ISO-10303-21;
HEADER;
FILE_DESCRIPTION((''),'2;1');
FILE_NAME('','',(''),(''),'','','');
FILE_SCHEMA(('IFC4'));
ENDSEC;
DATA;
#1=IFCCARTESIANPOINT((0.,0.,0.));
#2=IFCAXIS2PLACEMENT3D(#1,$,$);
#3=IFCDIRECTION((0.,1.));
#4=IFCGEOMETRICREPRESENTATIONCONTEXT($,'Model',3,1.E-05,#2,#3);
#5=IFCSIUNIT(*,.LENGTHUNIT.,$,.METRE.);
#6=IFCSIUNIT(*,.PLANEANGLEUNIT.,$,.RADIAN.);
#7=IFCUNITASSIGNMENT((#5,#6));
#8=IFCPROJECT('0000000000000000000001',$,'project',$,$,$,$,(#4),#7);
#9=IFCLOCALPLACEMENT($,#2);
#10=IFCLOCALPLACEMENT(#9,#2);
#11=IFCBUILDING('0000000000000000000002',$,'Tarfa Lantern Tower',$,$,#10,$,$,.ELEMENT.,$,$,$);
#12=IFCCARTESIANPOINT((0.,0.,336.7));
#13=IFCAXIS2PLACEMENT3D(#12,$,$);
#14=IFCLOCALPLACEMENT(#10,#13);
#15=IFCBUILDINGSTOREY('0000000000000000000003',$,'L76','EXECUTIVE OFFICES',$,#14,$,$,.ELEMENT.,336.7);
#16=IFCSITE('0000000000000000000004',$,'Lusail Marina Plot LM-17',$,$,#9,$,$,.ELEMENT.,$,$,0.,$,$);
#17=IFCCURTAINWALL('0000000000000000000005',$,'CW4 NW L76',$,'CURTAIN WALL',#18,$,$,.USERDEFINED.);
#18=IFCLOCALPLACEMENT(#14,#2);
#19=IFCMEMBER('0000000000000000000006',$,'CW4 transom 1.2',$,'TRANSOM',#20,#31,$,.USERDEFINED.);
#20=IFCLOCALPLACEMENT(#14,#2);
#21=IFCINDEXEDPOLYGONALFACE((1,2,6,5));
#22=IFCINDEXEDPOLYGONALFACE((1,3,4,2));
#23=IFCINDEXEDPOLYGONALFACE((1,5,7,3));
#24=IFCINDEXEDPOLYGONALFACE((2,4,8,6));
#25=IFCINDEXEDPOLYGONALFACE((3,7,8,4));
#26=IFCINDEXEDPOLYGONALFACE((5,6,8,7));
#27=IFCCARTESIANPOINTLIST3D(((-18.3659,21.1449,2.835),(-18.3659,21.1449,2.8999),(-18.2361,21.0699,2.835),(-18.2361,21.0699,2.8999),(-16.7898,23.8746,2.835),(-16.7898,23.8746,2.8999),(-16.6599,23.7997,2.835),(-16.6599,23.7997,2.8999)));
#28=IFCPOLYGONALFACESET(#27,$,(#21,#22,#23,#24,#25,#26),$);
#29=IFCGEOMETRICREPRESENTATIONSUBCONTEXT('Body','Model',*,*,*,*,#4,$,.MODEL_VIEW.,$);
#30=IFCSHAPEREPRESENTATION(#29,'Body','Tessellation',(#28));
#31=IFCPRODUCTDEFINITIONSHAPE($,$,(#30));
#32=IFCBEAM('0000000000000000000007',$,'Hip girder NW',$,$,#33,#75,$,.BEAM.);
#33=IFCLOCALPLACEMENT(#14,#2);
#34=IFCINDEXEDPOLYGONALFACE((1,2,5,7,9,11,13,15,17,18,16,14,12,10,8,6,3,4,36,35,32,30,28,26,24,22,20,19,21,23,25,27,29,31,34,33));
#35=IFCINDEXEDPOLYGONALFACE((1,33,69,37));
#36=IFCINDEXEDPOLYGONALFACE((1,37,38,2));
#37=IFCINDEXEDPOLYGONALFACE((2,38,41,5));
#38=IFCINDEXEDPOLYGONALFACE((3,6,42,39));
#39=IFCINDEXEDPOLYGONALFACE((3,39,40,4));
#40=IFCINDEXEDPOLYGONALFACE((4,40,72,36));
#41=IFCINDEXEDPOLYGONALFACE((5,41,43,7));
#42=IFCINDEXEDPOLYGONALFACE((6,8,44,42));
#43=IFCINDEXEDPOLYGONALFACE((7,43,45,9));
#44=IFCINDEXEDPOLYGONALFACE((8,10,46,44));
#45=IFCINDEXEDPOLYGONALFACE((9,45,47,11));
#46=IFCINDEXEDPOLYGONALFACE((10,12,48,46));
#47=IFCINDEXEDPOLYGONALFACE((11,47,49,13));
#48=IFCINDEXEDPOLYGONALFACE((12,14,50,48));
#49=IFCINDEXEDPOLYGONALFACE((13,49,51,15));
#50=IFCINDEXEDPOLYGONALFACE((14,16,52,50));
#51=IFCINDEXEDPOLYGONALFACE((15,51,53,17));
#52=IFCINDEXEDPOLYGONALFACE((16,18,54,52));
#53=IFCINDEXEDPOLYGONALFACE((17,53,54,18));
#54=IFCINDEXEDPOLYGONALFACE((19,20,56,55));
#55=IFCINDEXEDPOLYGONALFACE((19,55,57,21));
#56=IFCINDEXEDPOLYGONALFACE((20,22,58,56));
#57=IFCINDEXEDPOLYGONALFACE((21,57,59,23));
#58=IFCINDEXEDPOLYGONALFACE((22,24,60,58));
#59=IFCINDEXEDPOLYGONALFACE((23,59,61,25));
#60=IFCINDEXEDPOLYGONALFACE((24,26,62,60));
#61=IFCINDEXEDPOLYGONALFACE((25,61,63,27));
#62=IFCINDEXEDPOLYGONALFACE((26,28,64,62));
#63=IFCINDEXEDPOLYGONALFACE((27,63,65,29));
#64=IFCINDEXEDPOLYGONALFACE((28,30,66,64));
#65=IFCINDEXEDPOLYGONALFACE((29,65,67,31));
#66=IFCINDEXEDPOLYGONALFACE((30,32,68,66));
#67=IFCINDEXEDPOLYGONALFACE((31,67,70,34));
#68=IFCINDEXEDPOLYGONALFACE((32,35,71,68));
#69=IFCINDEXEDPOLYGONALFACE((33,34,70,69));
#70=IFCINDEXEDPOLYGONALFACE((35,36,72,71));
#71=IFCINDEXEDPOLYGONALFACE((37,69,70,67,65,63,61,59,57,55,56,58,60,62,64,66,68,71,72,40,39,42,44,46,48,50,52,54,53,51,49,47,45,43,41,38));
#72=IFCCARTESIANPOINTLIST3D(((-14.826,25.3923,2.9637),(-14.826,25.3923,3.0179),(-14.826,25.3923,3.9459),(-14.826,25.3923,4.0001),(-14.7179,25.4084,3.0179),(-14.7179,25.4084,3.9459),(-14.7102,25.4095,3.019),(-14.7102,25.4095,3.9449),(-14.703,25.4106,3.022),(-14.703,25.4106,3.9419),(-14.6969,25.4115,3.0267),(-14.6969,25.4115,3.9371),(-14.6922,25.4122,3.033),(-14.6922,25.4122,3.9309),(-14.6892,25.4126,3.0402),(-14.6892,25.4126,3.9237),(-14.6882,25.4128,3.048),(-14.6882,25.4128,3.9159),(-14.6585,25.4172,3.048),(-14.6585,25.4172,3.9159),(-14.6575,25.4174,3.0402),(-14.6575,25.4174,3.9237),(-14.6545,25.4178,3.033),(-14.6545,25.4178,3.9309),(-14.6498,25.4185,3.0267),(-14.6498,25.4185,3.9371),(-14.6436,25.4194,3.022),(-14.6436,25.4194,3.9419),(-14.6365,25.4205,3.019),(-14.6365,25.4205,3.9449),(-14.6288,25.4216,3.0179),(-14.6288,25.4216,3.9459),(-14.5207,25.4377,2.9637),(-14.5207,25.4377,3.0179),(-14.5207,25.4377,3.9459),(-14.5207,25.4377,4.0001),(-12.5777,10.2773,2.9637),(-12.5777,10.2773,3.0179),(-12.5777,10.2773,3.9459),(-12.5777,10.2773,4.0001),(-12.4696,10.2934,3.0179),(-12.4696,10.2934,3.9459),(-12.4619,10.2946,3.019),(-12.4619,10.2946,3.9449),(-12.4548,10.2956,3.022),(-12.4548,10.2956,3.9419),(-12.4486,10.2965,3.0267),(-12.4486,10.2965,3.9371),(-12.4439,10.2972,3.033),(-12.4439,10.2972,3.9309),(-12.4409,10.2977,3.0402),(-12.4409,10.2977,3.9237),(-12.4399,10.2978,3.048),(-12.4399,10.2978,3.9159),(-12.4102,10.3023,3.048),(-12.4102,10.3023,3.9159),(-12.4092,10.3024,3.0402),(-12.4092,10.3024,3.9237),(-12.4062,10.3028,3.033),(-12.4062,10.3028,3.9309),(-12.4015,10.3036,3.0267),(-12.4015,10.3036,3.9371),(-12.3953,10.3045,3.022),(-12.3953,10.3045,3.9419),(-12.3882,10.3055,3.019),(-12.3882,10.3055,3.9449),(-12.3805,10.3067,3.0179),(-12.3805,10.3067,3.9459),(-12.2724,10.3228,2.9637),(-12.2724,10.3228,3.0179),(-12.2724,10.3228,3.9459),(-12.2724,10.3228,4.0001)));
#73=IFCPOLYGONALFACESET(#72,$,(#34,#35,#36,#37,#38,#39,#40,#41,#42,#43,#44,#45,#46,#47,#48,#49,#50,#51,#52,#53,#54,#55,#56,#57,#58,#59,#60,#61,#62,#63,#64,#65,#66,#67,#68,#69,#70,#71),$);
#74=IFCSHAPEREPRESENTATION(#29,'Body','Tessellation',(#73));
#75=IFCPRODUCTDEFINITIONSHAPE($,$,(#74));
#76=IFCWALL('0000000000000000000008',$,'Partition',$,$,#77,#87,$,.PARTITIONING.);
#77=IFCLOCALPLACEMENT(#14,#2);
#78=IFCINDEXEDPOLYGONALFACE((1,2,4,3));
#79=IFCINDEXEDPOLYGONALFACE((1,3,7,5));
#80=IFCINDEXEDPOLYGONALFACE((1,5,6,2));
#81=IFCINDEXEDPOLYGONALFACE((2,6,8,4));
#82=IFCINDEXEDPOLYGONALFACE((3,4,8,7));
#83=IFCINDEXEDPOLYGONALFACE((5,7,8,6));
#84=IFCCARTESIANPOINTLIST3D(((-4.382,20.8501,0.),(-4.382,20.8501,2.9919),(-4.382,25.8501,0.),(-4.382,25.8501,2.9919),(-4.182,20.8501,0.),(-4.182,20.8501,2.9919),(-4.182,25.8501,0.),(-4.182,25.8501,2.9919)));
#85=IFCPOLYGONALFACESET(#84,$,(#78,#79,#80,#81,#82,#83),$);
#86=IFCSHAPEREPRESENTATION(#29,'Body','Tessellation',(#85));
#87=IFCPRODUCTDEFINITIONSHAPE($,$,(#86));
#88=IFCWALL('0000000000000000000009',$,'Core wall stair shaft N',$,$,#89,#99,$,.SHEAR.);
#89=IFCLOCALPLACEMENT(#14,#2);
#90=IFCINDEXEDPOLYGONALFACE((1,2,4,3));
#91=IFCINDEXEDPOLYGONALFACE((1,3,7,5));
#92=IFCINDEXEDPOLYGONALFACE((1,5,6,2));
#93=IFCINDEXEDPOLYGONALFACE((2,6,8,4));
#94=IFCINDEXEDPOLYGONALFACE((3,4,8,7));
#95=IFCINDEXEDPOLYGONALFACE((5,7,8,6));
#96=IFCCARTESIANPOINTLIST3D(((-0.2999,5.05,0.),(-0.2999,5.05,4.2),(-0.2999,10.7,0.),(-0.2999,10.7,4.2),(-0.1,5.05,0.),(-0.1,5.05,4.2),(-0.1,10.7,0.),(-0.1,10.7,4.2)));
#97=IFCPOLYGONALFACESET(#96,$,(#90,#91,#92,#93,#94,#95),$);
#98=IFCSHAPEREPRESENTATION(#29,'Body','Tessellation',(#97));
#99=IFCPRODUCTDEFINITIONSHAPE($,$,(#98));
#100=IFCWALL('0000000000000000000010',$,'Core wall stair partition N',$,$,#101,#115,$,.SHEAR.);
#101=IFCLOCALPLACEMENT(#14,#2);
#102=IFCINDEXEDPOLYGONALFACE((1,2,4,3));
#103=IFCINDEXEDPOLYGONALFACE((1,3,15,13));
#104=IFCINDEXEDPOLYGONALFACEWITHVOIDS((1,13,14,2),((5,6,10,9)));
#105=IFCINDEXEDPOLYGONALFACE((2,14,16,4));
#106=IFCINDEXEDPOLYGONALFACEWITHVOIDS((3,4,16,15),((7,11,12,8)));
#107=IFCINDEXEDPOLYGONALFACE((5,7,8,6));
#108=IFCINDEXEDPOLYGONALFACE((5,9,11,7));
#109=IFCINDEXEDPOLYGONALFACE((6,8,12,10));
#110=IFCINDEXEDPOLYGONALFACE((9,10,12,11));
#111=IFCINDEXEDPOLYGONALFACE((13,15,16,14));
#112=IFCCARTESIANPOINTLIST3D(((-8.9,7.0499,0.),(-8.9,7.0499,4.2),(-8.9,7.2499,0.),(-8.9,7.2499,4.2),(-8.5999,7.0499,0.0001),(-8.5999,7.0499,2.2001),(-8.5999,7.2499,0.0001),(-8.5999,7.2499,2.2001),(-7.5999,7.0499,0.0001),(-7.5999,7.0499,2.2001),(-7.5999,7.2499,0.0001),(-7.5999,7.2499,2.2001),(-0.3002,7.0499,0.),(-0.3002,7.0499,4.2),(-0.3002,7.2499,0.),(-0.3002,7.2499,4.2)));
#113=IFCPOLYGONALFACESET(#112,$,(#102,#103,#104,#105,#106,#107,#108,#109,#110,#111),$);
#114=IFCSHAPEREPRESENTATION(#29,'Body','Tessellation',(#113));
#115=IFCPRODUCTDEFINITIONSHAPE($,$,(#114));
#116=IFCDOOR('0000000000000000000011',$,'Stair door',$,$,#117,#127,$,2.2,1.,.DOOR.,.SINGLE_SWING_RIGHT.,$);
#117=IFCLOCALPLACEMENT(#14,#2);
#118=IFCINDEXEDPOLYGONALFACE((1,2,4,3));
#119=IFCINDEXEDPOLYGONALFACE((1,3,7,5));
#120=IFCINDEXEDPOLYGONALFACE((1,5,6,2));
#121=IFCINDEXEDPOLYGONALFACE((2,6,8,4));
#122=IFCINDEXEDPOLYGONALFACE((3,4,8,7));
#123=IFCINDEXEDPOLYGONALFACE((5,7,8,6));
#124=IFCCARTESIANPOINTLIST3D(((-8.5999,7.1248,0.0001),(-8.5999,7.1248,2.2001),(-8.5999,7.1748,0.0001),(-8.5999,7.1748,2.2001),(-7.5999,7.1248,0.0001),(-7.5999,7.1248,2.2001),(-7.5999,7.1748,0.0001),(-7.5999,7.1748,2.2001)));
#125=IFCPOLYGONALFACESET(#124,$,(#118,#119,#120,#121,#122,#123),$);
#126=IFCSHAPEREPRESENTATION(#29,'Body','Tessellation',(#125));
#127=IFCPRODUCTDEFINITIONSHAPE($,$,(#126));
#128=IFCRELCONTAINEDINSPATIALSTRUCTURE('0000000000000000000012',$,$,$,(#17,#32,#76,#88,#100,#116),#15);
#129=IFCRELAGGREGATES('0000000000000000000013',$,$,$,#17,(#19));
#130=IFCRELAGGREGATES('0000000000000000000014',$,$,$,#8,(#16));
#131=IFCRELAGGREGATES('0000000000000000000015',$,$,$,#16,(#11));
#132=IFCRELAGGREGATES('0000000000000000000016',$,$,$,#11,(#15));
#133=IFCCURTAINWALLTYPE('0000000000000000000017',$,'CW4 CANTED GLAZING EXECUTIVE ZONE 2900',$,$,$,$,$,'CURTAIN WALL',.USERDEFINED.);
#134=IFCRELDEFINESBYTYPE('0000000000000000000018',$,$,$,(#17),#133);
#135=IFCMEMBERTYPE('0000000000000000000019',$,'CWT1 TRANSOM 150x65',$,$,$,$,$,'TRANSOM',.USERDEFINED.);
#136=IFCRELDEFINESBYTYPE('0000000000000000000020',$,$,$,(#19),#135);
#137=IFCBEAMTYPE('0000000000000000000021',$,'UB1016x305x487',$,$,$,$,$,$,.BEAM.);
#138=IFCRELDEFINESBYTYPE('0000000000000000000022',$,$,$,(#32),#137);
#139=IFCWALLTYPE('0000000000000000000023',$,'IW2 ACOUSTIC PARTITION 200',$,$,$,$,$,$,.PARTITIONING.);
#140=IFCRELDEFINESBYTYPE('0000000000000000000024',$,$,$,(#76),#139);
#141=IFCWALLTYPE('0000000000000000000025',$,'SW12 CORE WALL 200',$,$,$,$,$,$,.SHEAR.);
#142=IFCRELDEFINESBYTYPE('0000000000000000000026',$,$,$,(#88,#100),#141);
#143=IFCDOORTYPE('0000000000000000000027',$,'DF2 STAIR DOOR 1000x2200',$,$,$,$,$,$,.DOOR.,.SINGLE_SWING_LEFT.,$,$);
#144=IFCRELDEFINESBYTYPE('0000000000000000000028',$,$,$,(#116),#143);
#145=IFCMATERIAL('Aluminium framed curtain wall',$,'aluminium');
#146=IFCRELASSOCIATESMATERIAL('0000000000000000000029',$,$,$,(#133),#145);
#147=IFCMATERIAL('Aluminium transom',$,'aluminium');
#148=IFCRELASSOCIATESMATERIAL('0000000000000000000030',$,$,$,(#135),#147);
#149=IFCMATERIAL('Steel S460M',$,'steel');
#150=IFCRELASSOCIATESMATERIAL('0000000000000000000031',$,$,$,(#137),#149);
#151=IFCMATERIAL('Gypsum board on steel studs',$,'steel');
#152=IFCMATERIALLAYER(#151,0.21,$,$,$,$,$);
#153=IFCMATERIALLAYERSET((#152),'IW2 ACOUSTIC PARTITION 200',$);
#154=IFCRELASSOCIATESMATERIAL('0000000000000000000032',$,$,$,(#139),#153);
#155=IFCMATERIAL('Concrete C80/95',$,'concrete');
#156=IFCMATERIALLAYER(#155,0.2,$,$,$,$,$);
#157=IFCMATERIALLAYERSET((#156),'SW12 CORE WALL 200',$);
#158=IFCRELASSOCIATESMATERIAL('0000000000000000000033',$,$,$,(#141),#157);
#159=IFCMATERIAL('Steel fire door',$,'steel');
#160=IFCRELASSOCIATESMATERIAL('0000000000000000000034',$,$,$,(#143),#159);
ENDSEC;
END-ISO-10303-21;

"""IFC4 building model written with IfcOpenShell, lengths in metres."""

from ifc_helpers import new_model, si_unit, direction, frame, frame_2d, origin, origin_2d, place, context, subcontext, project, spatial, rectangle, i_section, extrude, material, layer, layer_set, material_profile, profile_set, type_object, element, fill, aggregate, save


model = new_model("IFC4")

# Units and contexts
model_context = context("Model", 3, precision=1e-05, world=origin(), true_north=direction((0.0, 1.0)))
body_context = subcontext(model_context, "Body", "Model", "MODEL_VIEW")
ifc_project = project(units=[si_unit("LENGTHUNIT", "METRE"), si_unit("PLANEANGLEUNIT", "RADIAN")], contexts=[model_context])

# Site, building, storey
site_placement = place(None, origin())
site = spatial("IfcSite", under=ifc_project, at=site_placement, Name="Lusail Marina Plot LM-17", CompositionType="ELEMENT", RefElevation=0.0)
building_placement = place(site_placement, origin())
building = spatial("IfcBuilding", under=site, at=building_placement, Name="Tarfa Lantern Tower", CompositionType="ELEMENT")
storey_placement = place(building_placement, frame((0.0, 0.0, 336.7)))
storey = spatial("IfcBuildingStorey", under=building, at=storey_placement, Name="L76", Description="EXECUTIVE OFFICES", CompositionType="ELEMENT", Elevation=336.7)

# Curtain wall, member
ifc_material_1 = material(Name="Aluminium framed curtain wall", Category="aluminium")
curtain_wall_type = type_object("IfcCurtainWallType", Name="CW4 CANTED GLAZING EXECUTIVE ZONE 2900", ElementType="CURTAIN WALL", PredefinedType="USERDEFINED", material=ifc_material_1)
curtain_wall_placement = place(storey_placement, origin())
curtain_wall = element("IfcCurtainWall", 1, at=curtain_wall_placement, inside=storey, type_object=curtain_wall_type, Name="CW4 NW L76", ObjectType="CURTAIN WALL", PredefinedType="USERDEFINED")
ifc_material_2 = material(Name="Aluminium transom", Category="aluminium")
ifc_material_profile_1 = material_profile(ifc_material_2, rectangle(XDim=0.1499, YDim=0.0649, at=origin_2d()), Name="AL TRANSOM 150x65")
ifc_profile_set_1 = profile_set([ifc_material_profile_1], Name="Aluminium transom")
member_type = type_object("IfcMemberType", Name="CWT1 TRANSOM 150x65", ElementType="TRANSOM", PredefinedType="USERDEFINED", material=ifc_profile_set_1)
member_placement = place(storey_placement, frame((-16.7249, 23.8372, 2.8674), z_axis=(-0.500038, -0.866004, 0.0), x_axis=(0.866004, -0.500038, 0.0)))
member = element("IfcMember", 2, at=member_placement, type_object=member_type, Name="CW4 transom 1.2", ObjectType="TRANSOM", PredefinedType="USERDEFINED", context=body_context, shape_type="SweptSolid", body=[
    extrude(rectangle(XDim=0.1499, YDim=0.0649, at=origin_2d()), origin(), (0.0, 0.0, 1.0), 3.1521),
])
aggregate(curtain_wall, [member])

# Beam
ifc_material_3 = material(Name="Steel S460M", Category="steel")
ifc_material_profile_2 = material_profile(ifc_material_3, i_section(OverallWidth=0.3086, OverallDepth=1.0364, WebThickness=0.03, FlangeThickness=0.0542, FilletRadius=0.03, at=origin_2d()), Name="UB1016x305x487")
ifc_profile_set_2 = profile_set([ifc_material_profile_2], Name="Steel S460M")
beam_type = type_object("IfcBeamType", Name="UB1016x305x487", PredefinedType="BEAM", material=ifc_profile_set_2)
beam_placement = place(storey_placement, frame((-12.425, 10.3, 3.4819), z_axis=(-0.147127, 0.989118, 0.0), x_axis=(-0.989118, -0.147127, 0.0)))
element("IfcBeam", 3, at=beam_placement, inside=storey, type_object=beam_type, Name="Hip girder NW", PredefinedType="BEAM", context=body_context, shape_type="SweptSolid", body=[
    extrude(i_section(OverallWidth=0.3086, OverallDepth=1.0364, WebThickness=0.03, FlangeThickness=0.0542, FilletRadius=0.03, at=origin_2d()), origin(), (0.0, 0.0, 1.0), 15.2812),
])

# Walls
ifc_material_4 = material(Name="Gypsum board on steel studs", Category="steel")
ifc_layer_1 = layer(ifc_material_4, 0.21)
ifc_layer_set_1 = layer_set([ifc_layer_1], Name="IW2 ACOUSTIC PARTITION 200")
wall_type_1 = type_object("IfcWallType", Name="IW2 ACOUSTIC PARTITION 200", PredefinedType="PARTITIONING", material=ifc_layer_set_1)
wall_1_placement = place(storey_placement, frame((-4.282, 20.8501, 0.0), z_axis=(0.0, 0.0, 1.0), x_axis=(0.0, 1.0, 0.0)))
element("IfcWall", 4, at=wall_1_placement, inside=storey, type_object=wall_type_1, Name="Partition", PredefinedType="PARTITIONING", context=body_context, shape_type="SweptSolid", body=[
    extrude(rectangle(XDim=5.0, YDim=0.2, at=frame_2d((2.5, 0.0))), origin(), (0.0, 0.0, 1.0), 2.9919),
])
ifc_material_5 = material(Name="Concrete C80/95", Category="concrete")
ifc_layer_2 = layer(ifc_material_5, 0.2)
ifc_layer_set_2 = layer_set([ifc_layer_2], Name="SW12 CORE WALL 200")
wall_type_2 = type_object("IfcWallType", Name="SW12 CORE WALL 200", PredefinedType="SHEAR", material=ifc_layer_set_2)
wall_2_placement = place(storey_placement, frame((-0.2, 5.05, 0.0), z_axis=(0.0, 0.0, 1.0), x_axis=(0.0, 1.0, 0.0)))
element("IfcWall", 5, at=wall_2_placement, inside=storey, type_object=wall_type_2, Name="Core wall stair shaft N", PredefinedType="SHEAR", context=body_context, shape_type="SweptSolid", body=[
    extrude(rectangle(XDim=5.6499, YDim=0.2, at=frame_2d((2.825, 0.0))), origin(), (0.0, 0.0, 1.0), 4.2),
])

# Wall, opening, door
wall_3_placement = place(storey_placement, frame((-8.8999, 7.1499, 0.0), z_axis=(0.0, 0.0, 1.0), x_axis=(1.0, 0.0, 0.0)))
wall_3 = element("IfcWall", 6, at=wall_3_placement, inside=storey, type_object=wall_type_2, Name="Core wall stair partition N", PredefinedType="SHEAR", context=body_context, shape_type="SweptSolid", body=[
    extrude(rectangle(XDim=8.5999, YDim=0.2, at=frame_2d((4.2998, 0.0))), origin(), (0.0, 0.0, 1.0), 4.2),
])
opening_1_placement = place(wall_3_placement, frame((0.3, 0.0, 0.0)))
opening_1 = element("IfcOpeningElement", 7, at=opening_1_placement, cuts=wall_3, PredefinedType="OPENING", context=body_context, shape_type="SweptSolid", body=[
    extrude(rectangle(XDim=1.0, YDim=2.2, at=frame_2d((0.5, 1.1001))), frame((0.0, 0.1099, 0.0), z_axis=(0.0, -1.0, 0.0), x_axis=(1.0, 0.0, 0.0)), (0.0, 0.0, 1.0), 0.22),
])
ifc_material_6 = material(Name="Steel fire door", Category="steel")
door_type_1 = type_object("IfcDoorType", Name="DF2 STAIR DOOR 1000x2200", OperationType="SINGLE_SWING_LEFT", PredefinedType="DOOR", material=ifc_material_6)
door_1_placement = place(opening_1_placement, origin())
door_1 = element("IfcDoor", 8, at=door_1_placement, inside=storey, type_object=door_type_1, Name="Stair door", OperationType="SINGLE_SWING_RIGHT", OverallHeight=2.2, OverallWidth=1.0, PredefinedType="DOOR", context=body_context, shape_type="SweptSolid", body=[
    extrude(rectangle(XDim=1.0, YDim=2.2, at=frame_2d((0.5, 1.1001))), frame((0.0, 0.0249, 0.0), z_axis=(0.0, -1.0, 0.0), x_axis=(1.0, 0.0, 0.0)), (0.0, 0.0, 1.0), 0.05),
])
fill(opening_1, door_1)

save(model, "model.ifc")
